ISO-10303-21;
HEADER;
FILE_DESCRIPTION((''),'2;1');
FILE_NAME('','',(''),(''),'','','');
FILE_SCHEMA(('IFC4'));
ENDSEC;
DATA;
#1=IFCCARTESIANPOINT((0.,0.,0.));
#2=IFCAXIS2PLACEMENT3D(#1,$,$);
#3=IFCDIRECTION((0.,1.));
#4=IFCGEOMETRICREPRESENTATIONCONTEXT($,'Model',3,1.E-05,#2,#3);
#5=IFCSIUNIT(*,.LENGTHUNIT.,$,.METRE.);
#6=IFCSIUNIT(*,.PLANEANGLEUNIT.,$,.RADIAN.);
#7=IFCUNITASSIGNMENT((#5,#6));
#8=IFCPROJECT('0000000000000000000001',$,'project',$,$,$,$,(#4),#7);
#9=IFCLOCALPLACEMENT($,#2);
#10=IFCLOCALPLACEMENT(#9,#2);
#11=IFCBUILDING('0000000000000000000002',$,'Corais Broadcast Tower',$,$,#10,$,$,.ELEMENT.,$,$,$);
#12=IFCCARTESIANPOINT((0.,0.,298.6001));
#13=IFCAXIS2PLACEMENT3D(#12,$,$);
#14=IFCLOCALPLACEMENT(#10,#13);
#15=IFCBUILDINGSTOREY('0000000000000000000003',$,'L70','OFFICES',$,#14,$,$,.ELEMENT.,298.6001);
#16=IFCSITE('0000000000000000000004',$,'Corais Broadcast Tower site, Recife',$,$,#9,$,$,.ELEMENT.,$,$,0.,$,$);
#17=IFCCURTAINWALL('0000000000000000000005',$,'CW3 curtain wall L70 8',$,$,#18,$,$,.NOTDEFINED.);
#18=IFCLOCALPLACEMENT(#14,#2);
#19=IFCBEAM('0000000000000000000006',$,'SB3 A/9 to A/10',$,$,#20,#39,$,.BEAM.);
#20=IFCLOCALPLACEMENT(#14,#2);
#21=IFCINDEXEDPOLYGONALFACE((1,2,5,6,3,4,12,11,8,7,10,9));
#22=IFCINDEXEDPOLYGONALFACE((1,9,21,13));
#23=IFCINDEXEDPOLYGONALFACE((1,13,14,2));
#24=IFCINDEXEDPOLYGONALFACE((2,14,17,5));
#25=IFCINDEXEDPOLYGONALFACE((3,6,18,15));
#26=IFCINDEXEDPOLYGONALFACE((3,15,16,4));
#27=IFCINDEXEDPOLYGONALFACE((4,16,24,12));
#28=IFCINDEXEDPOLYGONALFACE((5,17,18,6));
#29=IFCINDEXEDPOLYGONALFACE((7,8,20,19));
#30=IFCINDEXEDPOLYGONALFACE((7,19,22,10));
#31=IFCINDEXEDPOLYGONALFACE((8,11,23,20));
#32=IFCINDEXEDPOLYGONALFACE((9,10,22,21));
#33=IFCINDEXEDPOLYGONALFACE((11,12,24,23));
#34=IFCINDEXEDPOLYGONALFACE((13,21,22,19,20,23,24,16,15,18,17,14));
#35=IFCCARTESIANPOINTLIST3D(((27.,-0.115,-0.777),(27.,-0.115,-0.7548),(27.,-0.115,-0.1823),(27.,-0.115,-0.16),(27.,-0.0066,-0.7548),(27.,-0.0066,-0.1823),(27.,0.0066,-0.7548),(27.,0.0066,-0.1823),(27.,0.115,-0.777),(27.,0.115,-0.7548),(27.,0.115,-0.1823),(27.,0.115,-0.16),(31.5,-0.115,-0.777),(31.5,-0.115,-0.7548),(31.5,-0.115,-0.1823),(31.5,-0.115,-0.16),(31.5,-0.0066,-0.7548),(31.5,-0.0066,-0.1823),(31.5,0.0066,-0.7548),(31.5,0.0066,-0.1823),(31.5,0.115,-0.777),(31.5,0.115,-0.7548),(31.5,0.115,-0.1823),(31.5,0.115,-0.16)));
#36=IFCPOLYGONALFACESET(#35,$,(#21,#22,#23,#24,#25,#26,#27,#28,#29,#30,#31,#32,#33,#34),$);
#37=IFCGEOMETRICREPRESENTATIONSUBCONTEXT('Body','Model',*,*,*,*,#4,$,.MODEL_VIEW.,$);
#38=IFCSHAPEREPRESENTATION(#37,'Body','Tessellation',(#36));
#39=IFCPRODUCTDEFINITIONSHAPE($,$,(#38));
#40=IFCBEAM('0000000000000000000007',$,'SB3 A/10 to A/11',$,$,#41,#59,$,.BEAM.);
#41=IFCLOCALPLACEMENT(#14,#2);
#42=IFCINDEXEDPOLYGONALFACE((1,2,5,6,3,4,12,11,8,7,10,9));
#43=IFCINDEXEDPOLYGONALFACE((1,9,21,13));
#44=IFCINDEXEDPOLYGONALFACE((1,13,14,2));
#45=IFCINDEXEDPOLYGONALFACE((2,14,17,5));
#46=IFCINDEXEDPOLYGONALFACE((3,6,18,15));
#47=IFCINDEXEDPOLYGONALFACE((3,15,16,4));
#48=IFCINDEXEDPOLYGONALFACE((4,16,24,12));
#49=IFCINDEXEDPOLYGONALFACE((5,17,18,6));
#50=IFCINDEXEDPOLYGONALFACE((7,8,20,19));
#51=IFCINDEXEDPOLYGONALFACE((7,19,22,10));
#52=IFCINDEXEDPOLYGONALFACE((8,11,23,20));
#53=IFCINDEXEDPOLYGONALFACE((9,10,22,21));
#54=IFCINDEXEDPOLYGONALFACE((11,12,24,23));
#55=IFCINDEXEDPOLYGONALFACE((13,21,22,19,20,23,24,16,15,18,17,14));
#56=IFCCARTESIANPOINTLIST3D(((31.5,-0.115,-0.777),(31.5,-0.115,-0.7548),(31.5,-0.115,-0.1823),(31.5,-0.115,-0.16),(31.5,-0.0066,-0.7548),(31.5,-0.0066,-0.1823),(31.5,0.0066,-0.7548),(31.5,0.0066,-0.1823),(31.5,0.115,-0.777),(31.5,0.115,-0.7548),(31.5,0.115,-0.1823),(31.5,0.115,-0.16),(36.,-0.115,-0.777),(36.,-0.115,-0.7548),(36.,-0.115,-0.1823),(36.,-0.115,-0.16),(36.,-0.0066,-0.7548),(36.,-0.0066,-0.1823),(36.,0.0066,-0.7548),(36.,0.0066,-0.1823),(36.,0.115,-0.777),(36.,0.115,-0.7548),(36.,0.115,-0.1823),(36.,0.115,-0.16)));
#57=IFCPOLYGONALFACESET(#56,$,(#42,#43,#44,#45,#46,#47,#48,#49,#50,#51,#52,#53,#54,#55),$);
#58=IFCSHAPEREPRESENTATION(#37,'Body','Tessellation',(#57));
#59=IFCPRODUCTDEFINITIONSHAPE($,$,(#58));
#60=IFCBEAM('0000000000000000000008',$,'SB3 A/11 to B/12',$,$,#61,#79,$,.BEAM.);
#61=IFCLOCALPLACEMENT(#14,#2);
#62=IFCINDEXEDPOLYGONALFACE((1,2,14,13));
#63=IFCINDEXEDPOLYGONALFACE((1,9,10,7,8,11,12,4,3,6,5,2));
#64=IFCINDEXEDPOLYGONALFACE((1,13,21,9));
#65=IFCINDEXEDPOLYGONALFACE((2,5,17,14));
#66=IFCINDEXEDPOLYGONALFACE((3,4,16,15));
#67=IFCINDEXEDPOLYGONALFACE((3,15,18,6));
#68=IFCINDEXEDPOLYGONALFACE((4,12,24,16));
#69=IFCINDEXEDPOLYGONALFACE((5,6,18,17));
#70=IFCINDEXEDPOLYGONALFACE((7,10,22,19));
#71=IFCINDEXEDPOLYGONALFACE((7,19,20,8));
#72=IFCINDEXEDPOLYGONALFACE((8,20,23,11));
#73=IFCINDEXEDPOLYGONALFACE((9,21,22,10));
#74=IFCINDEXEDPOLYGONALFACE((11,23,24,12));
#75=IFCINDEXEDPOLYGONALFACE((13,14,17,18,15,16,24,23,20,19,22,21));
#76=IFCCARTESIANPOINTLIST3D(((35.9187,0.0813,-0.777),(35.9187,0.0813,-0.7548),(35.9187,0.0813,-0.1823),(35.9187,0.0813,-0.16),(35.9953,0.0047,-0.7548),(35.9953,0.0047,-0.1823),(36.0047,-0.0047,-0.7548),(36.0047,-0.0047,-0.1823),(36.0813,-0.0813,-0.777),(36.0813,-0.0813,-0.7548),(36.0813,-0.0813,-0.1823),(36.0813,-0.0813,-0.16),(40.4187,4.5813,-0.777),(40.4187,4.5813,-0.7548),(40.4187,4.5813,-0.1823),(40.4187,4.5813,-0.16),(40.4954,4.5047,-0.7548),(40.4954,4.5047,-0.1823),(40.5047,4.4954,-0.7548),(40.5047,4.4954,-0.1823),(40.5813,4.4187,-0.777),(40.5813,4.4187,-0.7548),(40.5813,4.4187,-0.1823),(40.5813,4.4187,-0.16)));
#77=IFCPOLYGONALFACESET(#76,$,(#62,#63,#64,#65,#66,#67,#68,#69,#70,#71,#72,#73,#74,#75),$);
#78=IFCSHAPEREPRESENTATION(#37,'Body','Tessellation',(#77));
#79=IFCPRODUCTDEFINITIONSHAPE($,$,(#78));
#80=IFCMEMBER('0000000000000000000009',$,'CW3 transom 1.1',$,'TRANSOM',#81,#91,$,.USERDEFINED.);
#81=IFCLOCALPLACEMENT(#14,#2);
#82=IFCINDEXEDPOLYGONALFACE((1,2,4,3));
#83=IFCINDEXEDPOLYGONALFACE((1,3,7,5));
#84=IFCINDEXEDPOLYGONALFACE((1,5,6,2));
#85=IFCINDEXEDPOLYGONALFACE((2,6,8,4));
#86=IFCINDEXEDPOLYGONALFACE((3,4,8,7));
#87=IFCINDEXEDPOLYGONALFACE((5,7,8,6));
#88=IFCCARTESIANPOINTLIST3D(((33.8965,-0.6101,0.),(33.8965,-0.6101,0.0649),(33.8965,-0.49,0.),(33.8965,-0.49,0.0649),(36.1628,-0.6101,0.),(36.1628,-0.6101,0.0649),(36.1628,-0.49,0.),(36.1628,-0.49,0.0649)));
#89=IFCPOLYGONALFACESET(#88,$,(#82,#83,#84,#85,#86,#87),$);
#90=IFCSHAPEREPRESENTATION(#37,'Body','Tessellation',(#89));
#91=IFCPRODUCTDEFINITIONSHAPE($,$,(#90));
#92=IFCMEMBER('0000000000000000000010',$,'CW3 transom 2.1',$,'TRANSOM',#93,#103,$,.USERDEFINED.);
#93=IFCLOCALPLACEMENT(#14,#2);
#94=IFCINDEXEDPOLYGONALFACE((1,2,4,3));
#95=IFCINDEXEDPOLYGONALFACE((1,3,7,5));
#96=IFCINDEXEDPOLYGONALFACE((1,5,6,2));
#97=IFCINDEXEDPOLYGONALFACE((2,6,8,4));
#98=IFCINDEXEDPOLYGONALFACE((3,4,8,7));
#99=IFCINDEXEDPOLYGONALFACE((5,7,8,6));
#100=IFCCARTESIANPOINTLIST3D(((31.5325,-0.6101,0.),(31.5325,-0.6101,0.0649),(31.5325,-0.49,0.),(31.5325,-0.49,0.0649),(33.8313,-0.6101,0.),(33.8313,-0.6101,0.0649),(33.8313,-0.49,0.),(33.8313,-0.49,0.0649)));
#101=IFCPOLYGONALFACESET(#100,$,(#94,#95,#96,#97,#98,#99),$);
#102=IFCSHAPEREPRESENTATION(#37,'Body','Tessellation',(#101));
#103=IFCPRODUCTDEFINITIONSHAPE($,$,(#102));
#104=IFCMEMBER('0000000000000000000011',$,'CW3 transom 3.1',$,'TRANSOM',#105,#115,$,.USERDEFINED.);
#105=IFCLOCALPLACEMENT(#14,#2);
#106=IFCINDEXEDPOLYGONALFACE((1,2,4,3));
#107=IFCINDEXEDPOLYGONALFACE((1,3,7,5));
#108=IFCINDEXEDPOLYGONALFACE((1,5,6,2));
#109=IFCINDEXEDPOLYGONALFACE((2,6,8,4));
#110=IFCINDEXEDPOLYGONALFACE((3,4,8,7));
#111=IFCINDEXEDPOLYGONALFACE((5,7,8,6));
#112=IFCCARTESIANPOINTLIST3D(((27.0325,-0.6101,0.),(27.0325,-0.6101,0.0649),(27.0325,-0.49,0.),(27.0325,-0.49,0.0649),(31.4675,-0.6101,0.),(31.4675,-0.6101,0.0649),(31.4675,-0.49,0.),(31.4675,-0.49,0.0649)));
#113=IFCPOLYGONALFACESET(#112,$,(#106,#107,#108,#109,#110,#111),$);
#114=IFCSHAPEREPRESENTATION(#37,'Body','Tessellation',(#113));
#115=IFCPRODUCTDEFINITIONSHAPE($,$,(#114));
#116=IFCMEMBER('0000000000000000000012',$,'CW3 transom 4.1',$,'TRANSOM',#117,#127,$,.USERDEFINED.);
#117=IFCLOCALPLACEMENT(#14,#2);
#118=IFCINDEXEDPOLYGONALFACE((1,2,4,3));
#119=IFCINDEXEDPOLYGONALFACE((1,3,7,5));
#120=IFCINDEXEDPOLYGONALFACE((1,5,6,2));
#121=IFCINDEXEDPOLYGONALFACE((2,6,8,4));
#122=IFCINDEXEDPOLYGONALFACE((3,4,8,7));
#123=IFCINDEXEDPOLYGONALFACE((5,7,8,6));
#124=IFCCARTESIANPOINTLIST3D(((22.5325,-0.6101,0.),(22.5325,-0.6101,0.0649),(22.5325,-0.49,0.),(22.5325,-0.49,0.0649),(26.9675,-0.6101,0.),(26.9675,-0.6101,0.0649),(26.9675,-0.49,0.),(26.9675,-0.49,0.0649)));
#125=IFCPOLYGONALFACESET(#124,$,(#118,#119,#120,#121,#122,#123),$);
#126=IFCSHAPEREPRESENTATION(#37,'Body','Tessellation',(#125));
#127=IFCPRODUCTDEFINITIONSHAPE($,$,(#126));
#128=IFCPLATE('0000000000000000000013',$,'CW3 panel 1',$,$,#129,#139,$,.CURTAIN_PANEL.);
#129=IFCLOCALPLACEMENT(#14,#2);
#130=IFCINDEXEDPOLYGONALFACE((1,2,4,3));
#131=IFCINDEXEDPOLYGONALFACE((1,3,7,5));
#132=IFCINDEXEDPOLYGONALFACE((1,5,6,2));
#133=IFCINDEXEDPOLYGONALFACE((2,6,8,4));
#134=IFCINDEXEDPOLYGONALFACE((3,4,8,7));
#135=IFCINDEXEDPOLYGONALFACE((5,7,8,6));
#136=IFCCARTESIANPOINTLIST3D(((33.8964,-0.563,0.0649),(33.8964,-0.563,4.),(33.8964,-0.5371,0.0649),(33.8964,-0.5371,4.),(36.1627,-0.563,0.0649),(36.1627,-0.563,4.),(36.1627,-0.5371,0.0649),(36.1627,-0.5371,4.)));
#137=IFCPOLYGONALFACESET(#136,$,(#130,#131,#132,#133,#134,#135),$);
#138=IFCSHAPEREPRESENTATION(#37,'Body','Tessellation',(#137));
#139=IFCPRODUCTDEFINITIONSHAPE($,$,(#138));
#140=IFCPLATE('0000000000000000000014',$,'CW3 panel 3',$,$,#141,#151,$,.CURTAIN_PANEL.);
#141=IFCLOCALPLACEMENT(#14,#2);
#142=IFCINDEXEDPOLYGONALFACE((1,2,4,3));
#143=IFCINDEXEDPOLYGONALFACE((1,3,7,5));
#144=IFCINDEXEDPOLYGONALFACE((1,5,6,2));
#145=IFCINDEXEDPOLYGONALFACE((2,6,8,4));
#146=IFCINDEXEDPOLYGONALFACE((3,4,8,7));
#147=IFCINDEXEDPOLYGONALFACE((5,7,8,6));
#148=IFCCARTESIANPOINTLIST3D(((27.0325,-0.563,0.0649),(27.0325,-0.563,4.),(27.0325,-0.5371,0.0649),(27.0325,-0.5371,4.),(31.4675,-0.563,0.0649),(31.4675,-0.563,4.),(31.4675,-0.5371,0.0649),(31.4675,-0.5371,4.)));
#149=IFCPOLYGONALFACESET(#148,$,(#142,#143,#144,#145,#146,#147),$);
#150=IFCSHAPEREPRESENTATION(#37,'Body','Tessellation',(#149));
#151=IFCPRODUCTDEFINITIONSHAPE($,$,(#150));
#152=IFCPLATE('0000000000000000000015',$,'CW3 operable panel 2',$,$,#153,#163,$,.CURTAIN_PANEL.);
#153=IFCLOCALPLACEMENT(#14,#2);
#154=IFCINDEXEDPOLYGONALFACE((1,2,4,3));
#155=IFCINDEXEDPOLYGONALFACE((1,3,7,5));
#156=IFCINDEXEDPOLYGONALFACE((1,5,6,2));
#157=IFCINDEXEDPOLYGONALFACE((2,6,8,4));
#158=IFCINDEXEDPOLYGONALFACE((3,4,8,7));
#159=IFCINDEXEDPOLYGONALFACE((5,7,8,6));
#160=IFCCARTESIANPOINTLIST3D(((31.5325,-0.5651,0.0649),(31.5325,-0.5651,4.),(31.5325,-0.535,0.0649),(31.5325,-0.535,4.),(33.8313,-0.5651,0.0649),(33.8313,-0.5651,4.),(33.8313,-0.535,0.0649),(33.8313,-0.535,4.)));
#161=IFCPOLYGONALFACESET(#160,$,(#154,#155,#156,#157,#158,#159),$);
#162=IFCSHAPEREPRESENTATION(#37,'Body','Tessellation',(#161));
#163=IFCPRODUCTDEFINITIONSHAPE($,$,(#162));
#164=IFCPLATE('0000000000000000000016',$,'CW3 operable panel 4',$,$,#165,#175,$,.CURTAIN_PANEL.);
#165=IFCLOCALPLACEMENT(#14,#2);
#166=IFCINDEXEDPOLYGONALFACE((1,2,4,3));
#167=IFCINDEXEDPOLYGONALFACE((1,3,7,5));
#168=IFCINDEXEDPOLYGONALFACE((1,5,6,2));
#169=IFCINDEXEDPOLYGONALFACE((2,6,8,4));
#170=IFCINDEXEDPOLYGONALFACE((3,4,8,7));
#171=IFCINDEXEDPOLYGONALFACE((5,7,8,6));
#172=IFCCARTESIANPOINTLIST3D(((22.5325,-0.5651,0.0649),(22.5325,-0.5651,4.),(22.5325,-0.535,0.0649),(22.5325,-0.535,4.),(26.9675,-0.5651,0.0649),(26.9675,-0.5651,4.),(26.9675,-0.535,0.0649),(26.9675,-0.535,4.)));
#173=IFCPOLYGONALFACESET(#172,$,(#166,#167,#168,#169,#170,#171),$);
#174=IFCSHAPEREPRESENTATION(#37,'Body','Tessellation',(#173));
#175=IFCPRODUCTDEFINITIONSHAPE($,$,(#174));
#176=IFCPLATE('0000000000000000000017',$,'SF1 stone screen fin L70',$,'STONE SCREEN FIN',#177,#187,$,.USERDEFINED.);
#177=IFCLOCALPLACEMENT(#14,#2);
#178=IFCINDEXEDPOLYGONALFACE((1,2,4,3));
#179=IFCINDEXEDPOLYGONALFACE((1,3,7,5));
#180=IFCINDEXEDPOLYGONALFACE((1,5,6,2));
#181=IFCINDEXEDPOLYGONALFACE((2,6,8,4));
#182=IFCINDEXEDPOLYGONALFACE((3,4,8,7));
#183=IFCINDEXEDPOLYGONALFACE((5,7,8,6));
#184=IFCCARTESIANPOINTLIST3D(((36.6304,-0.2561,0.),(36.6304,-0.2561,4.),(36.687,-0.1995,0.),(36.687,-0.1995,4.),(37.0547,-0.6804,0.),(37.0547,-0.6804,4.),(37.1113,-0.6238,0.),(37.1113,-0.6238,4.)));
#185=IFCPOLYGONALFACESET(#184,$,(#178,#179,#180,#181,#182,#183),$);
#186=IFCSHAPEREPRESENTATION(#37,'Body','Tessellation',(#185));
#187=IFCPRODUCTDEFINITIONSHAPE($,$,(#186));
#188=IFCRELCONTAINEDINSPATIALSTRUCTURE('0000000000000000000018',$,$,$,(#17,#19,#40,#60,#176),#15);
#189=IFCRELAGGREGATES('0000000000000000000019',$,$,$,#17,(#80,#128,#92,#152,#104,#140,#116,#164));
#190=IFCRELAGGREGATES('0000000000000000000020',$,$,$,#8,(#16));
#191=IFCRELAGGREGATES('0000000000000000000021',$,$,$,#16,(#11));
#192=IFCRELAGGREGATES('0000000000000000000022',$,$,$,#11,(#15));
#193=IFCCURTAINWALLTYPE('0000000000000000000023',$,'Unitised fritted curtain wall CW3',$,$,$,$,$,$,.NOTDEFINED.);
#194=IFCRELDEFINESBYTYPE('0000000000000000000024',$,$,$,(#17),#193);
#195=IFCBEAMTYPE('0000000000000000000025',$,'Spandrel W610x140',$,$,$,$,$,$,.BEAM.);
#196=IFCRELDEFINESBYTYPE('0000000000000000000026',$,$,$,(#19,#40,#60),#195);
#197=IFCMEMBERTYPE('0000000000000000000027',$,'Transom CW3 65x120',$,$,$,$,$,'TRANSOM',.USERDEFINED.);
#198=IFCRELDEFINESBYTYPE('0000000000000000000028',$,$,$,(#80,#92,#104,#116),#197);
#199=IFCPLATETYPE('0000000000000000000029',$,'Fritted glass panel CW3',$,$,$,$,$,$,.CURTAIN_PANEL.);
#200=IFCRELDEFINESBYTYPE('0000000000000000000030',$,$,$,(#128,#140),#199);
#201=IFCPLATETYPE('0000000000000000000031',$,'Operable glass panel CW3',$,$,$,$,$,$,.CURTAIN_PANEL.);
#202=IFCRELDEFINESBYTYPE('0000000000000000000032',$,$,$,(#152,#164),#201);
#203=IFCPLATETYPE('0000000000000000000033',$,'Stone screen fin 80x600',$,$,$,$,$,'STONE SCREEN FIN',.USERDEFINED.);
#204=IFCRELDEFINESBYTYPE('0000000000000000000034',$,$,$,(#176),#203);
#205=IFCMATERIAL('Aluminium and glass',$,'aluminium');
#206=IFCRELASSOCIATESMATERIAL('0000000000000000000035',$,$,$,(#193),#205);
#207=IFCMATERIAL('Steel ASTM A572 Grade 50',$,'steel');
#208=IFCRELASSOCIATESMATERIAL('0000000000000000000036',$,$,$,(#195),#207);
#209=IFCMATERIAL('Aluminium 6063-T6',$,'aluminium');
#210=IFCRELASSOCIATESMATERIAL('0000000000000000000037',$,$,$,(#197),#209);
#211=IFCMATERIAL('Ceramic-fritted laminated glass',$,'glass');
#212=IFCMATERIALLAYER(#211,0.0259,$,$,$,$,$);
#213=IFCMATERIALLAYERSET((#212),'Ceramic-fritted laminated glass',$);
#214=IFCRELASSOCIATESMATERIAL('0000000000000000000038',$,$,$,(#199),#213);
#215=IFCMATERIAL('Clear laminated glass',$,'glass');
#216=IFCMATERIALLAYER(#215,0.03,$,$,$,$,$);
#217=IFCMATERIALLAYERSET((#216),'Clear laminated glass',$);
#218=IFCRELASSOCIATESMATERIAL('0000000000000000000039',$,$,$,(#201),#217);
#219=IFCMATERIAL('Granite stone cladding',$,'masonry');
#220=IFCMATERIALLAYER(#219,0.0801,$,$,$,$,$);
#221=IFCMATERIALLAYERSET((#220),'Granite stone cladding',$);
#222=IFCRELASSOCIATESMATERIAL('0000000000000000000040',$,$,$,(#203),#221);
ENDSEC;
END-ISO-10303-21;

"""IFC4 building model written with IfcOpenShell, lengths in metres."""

from ifc_helpers import new_model, si_unit, direction, frame, origin, origin_2d, place, context, subcontext, project, spatial, rectangle, i_section, extrude, material, layer, layer_set, material_profile, profile_set, type_object, element, aggregate, save


model = new_model("IFC4")

# Units and contexts
model_context = context("Model", 3, precision=1e-05, world=origin(), true_north=direction((0.0, 1.0)))
body_context = subcontext(model_context, "Body", "Model", "MODEL_VIEW")
ifc_project = project(units=[si_unit("LENGTHUNIT", "METRE"), si_unit("PLANEANGLEUNIT", "RADIAN")], contexts=[model_context])

# Site, building, storey
site_placement = place(None, origin())
site = spatial("IfcSite", under=ifc_project, at=site_placement, Name="Corais Broadcast Tower site, Recife", CompositionType="ELEMENT", RefElevation=0.0)
building_placement = place(site_placement, origin())
building = spatial("IfcBuilding", under=site, at=building_placement, Name="Corais Broadcast Tower", CompositionType="ELEMENT")
storey_placement = place(building_placement, frame((0.0, 0.0, 298.6001)))
storey = spatial("IfcBuildingStorey", under=building, at=storey_placement, Name="L70", Description="OFFICES", CompositionType="ELEMENT", Elevation=298.6001)

# Shared definitions
ifc_material_1 = material(Name="Aluminium and glass", Category="aluminium")
curtain_wall_type = type_object("IfcCurtainWallType", Name="Unitised fritted curtain wall CW3", PredefinedType="NOTDEFINED", material=ifc_material_1)

# Curtain wall
curtain_wall_1_placement = place(storey_placement, origin())
curtain_wall_1 = element("IfcCurtainWall", 1, at=curtain_wall_1_placement, inside=storey, type_object=curtain_wall_type, Name="CW3 curtain wall L70 8", PredefinedType="NOTDEFINED")

# Beams
ifc_material_2 = material(Name="Steel ASTM A572 Grade 50", Category="steel")
ifc_material_profile_1 = material_profile(ifc_material_2, i_section(OverallWidth=0.23, OverallDepth=0.6169, WebThickness=0.0132, FlangeThickness=0.0222, at=origin_2d()), Name="W610x140")
ifc_profile_set_1 = profile_set([ifc_material_profile_1], Name="Steel ASTM A572 Grade 50")
beam_type_1 = type_object("IfcBeamType", Name="Spandrel W610x140", PredefinedType="BEAM", material=ifc_profile_set_1)
for number, where, z_axis, x_axis, name in (
    (2, (27.0, 0.0, -0.4685), (1.0, 0.0, 0.0), (0.0, 1.0, 0.0), "SB3 A/9 to A/10"),
    (3, (31.5, 0.0, -0.4685), (1.0, 0.0, 0.0), (0.0, 1.0, 0.0), "SB3 A/10 to A/11"),
):
    element("IfcBeam", number, at=place(storey_placement, frame(where, z_axis=z_axis, x_axis=x_axis)), inside=storey, type_object=beam_type_1, Name=name, PredefinedType="BEAM", context=body_context, shape_type="SweptSolid", body=[
        extrude(i_section(OverallWidth=0.23, OverallDepth=0.6169, WebThickness=0.0132, FlangeThickness=0.0222, at=origin_2d()), origin(), (0.0, 0.0, 1.0), 4.5),
    ])
beam_placement = place(storey_placement, frame((36.0, 0.0, -0.4685), z_axis=(0.707107, 0.707107, 0.0), x_axis=(-0.707107, 0.707107, 0.0)))
element("IfcBeam", 4, at=beam_placement, inside=storey, type_object=beam_type_1, Name="SB3 A/11 to B/12", PredefinedType="BEAM", context=body_context, shape_type="SweptSolid", body=[
    extrude(i_section(OverallWidth=0.23, OverallDepth=0.6169, WebThickness=0.0132, FlangeThickness=0.0222, at=origin_2d()), origin(), (0.0, 0.0, 1.0), 6.364),
])

# Members
ifc_material_3 = material(Name="Aluminium 6063-T6", Category="aluminium")
ifc_material_profile_2 = material_profile(ifc_material_3, rectangle(XDim=0.1201, YDim=0.0649, at=origin_2d()), Name="Transom CW3 65x120")
ifc_profile_set_2 = profile_set([ifc_material_profile_2], Name="Aluminium 6063-T6")
member_type_1 = type_object("IfcMemberType", Name="Transom CW3 65x120", ElementType="TRANSOM", PredefinedType="USERDEFINED", material=ifc_profile_set_2)
member_1_placement = place(storey_placement, frame((36.1628, -0.55, 0.0325), z_axis=(-1.0, 0.0, 0.0), x_axis=(0.0, -1.0, 0.0)))
member_1 = element("IfcMember", 5, at=member_1_placement, type_object=member_type_1, Name="CW3 transom 1.1", ObjectType="TRANSOM", PredefinedType="USERDEFINED", context=body_context, shape_type="SweptSolid", body=[
    extrude(rectangle(XDim=0.1201, YDim=0.0649, at=origin_2d()), origin(), (0.0, 0.0, 1.0), 2.2664),
])
member_2_placement = place(storey_placement, frame((33.8313, -0.55, 0.0325), z_axis=(-1.0, 0.0, 0.0), x_axis=(0.0, -1.0, 0.0)))
member_2 = element("IfcMember", 6, at=member_2_placement, type_object=member_type_1, Name="CW3 transom 2.1", ObjectType="TRANSOM", PredefinedType="USERDEFINED", context=body_context, shape_type="SweptSolid", body=[
    extrude(rectangle(XDim=0.1201, YDim=0.0649, at=origin_2d()), origin(), (0.0, 0.0, 1.0), 2.2988),
])
member_3_placement = place(storey_placement, frame((31.4675, -0.55, 0.0325), z_axis=(-1.0, 0.0, 0.0), x_axis=(0.0, -1.0, 0.0)))
member_3 = element("IfcMember", 7, at=member_3_placement, type_object=member_type_1, Name="CW3 transom 3.1", ObjectType="TRANSOM", PredefinedType="USERDEFINED", context=body_context, shape_type="SweptSolid", body=[
    extrude(rectangle(XDim=0.1201, YDim=0.0649, at=origin_2d()), origin(), (0.0, 0.0, 1.0), 4.4351),
])
member_4_placement = place(storey_placement, frame((26.9675, -0.55, 0.0325), z_axis=(-1.0, 0.0, 0.0), x_axis=(0.0, -1.0, 0.0)))
member_4 = element("IfcMember", 8, at=member_4_placement, type_object=member_type_1, Name="CW3 transom 4.1", ObjectType="TRANSOM", PredefinedType="USERDEFINED", context=body_context, shape_type="SweptSolid", body=[
    extrude(rectangle(XDim=0.1201, YDim=0.0649, at=origin_2d()), origin(), (0.0, 0.0, 1.0), 4.4351),
])

# Plates
ifc_material_4 = material(Name="Ceramic-fritted laminated glass", Category="glass")
ifc_layer_1 = layer(ifc_material_4, 0.0259)
ifc_layer_set_1 = layer_set([ifc_layer_1], Name="Ceramic-fritted laminated glass")
plate_type_1 = type_object("IfcPlateType", Name="Fritted glass panel CW3", PredefinedType="CURTAIN_PANEL", material=ifc_layer_set_1)
plate_1_placement = place(storey_placement, frame((35.0295, -0.55, 0.0649), z_axis=(0.0, 0.0, 1.0), x_axis=(-1.0, 0.0, 0.0)))
plate_1 = element("IfcPlate", 9, at=plate_1_placement, type_object=plate_type_1, Name="CW3 panel 1", PredefinedType="CURTAIN_PANEL", context=body_context, shape_type="SweptSolid", body=[
    extrude(rectangle(XDim=2.2664, YDim=0.0259, at=origin_2d()), origin(), (0.0, 0.0, 1.0), 3.9351),
])
plate_2_placement = place(storey_placement, frame((29.25, -0.55, 0.0649), z_axis=(0.0, 0.0, 1.0), x_axis=(-1.0, 0.0, 0.0)))
plate_2 = element("IfcPlate", 10, at=plate_2_placement, type_object=plate_type_1, Name="CW3 panel 3", PredefinedType="CURTAIN_PANEL", context=body_context, shape_type="SweptSolid", body=[
    extrude(rectangle(XDim=4.4351, YDim=0.0259, at=origin_2d()), origin(), (0.0, 0.0, 1.0), 3.9351),
])
ifc_material_5 = material(Name="Clear laminated glass", Category="glass")
ifc_layer_2 = layer(ifc_material_5, 0.03)
ifc_layer_set_2 = layer_set([ifc_layer_2], Name="Clear laminated glass")
plate_type_2 = type_object("IfcPlateType", Name="Operable glass panel CW3", PredefinedType="CURTAIN_PANEL", material=ifc_layer_set_2)
plate_3_placement = place(storey_placement, frame((32.6819, -0.55, 0.0649), z_axis=(0.0, 0.0, 1.0), x_axis=(-1.0, 0.0, 0.0)))
plate_3 = element("IfcPlate", 11, at=plate_3_placement, type_object=plate_type_2, Name="CW3 operable panel 2", PredefinedType="CURTAIN_PANEL", context=body_context, shape_type="SweptSolid", body=[
    extrude(rectangle(XDim=2.2988, YDim=0.03, at=origin_2d()), origin(), (0.0, 0.0, 1.0), 3.9351),
])
plate_4_placement = place(storey_placement, frame((24.75, -0.55, 0.0649), z_axis=(0.0, 0.0, 1.0), x_axis=(-1.0, 0.0, 0.0)))
plate_4 = element("IfcPlate", 12, at=plate_4_placement, type_object=plate_type_2, Name="CW3 operable panel 4", PredefinedType="CURTAIN_PANEL", context=body_context, shape_type="SweptSolid", body=[
    extrude(rectangle(XDim=4.4351, YDim=0.03, at=origin_2d()), origin(), (0.0, 0.0, 1.0), 3.9351),
])
aggregate(curtain_wall_1, [member_1, plate_1, member_2, plate_3, member_3, plate_2, member_4, plate_4])
ifc_material_6 = material(Name="Granite stone cladding", Category="masonry")
ifc_layer_3 = layer(ifc_material_6, 0.0801)
ifc_layer_set_3 = layer_set([ifc_layer_3], Name="Granite stone cladding")
plate_type_3 = type_object("IfcPlateType", Name="Stone screen fin 80x600", ElementType="STONE SCREEN FIN", PredefinedType="USERDEFINED", material=ifc_layer_set_3)
plate_5_placement = place(storey_placement, frame((36.8708, -0.4399, 0.0), z_axis=(0.0, 0.0, 1.0), x_axis=(-0.707107, -0.707107, 0.0)))
element("IfcPlate", 13, at=plate_5_placement, inside=storey, type_object=plate_type_3, Name="SF1 stone screen fin L70", ObjectType="STONE SCREEN FIN", PredefinedType="USERDEFINED", context=body_context, shape_type="SweptSolid", body=[
    extrude(rectangle(XDim=0.0801, YDim=0.6001, at=origin_2d()), origin(), (0.0, 0.0, 1.0), 4.0),
])

save(model, "model.ifc")
